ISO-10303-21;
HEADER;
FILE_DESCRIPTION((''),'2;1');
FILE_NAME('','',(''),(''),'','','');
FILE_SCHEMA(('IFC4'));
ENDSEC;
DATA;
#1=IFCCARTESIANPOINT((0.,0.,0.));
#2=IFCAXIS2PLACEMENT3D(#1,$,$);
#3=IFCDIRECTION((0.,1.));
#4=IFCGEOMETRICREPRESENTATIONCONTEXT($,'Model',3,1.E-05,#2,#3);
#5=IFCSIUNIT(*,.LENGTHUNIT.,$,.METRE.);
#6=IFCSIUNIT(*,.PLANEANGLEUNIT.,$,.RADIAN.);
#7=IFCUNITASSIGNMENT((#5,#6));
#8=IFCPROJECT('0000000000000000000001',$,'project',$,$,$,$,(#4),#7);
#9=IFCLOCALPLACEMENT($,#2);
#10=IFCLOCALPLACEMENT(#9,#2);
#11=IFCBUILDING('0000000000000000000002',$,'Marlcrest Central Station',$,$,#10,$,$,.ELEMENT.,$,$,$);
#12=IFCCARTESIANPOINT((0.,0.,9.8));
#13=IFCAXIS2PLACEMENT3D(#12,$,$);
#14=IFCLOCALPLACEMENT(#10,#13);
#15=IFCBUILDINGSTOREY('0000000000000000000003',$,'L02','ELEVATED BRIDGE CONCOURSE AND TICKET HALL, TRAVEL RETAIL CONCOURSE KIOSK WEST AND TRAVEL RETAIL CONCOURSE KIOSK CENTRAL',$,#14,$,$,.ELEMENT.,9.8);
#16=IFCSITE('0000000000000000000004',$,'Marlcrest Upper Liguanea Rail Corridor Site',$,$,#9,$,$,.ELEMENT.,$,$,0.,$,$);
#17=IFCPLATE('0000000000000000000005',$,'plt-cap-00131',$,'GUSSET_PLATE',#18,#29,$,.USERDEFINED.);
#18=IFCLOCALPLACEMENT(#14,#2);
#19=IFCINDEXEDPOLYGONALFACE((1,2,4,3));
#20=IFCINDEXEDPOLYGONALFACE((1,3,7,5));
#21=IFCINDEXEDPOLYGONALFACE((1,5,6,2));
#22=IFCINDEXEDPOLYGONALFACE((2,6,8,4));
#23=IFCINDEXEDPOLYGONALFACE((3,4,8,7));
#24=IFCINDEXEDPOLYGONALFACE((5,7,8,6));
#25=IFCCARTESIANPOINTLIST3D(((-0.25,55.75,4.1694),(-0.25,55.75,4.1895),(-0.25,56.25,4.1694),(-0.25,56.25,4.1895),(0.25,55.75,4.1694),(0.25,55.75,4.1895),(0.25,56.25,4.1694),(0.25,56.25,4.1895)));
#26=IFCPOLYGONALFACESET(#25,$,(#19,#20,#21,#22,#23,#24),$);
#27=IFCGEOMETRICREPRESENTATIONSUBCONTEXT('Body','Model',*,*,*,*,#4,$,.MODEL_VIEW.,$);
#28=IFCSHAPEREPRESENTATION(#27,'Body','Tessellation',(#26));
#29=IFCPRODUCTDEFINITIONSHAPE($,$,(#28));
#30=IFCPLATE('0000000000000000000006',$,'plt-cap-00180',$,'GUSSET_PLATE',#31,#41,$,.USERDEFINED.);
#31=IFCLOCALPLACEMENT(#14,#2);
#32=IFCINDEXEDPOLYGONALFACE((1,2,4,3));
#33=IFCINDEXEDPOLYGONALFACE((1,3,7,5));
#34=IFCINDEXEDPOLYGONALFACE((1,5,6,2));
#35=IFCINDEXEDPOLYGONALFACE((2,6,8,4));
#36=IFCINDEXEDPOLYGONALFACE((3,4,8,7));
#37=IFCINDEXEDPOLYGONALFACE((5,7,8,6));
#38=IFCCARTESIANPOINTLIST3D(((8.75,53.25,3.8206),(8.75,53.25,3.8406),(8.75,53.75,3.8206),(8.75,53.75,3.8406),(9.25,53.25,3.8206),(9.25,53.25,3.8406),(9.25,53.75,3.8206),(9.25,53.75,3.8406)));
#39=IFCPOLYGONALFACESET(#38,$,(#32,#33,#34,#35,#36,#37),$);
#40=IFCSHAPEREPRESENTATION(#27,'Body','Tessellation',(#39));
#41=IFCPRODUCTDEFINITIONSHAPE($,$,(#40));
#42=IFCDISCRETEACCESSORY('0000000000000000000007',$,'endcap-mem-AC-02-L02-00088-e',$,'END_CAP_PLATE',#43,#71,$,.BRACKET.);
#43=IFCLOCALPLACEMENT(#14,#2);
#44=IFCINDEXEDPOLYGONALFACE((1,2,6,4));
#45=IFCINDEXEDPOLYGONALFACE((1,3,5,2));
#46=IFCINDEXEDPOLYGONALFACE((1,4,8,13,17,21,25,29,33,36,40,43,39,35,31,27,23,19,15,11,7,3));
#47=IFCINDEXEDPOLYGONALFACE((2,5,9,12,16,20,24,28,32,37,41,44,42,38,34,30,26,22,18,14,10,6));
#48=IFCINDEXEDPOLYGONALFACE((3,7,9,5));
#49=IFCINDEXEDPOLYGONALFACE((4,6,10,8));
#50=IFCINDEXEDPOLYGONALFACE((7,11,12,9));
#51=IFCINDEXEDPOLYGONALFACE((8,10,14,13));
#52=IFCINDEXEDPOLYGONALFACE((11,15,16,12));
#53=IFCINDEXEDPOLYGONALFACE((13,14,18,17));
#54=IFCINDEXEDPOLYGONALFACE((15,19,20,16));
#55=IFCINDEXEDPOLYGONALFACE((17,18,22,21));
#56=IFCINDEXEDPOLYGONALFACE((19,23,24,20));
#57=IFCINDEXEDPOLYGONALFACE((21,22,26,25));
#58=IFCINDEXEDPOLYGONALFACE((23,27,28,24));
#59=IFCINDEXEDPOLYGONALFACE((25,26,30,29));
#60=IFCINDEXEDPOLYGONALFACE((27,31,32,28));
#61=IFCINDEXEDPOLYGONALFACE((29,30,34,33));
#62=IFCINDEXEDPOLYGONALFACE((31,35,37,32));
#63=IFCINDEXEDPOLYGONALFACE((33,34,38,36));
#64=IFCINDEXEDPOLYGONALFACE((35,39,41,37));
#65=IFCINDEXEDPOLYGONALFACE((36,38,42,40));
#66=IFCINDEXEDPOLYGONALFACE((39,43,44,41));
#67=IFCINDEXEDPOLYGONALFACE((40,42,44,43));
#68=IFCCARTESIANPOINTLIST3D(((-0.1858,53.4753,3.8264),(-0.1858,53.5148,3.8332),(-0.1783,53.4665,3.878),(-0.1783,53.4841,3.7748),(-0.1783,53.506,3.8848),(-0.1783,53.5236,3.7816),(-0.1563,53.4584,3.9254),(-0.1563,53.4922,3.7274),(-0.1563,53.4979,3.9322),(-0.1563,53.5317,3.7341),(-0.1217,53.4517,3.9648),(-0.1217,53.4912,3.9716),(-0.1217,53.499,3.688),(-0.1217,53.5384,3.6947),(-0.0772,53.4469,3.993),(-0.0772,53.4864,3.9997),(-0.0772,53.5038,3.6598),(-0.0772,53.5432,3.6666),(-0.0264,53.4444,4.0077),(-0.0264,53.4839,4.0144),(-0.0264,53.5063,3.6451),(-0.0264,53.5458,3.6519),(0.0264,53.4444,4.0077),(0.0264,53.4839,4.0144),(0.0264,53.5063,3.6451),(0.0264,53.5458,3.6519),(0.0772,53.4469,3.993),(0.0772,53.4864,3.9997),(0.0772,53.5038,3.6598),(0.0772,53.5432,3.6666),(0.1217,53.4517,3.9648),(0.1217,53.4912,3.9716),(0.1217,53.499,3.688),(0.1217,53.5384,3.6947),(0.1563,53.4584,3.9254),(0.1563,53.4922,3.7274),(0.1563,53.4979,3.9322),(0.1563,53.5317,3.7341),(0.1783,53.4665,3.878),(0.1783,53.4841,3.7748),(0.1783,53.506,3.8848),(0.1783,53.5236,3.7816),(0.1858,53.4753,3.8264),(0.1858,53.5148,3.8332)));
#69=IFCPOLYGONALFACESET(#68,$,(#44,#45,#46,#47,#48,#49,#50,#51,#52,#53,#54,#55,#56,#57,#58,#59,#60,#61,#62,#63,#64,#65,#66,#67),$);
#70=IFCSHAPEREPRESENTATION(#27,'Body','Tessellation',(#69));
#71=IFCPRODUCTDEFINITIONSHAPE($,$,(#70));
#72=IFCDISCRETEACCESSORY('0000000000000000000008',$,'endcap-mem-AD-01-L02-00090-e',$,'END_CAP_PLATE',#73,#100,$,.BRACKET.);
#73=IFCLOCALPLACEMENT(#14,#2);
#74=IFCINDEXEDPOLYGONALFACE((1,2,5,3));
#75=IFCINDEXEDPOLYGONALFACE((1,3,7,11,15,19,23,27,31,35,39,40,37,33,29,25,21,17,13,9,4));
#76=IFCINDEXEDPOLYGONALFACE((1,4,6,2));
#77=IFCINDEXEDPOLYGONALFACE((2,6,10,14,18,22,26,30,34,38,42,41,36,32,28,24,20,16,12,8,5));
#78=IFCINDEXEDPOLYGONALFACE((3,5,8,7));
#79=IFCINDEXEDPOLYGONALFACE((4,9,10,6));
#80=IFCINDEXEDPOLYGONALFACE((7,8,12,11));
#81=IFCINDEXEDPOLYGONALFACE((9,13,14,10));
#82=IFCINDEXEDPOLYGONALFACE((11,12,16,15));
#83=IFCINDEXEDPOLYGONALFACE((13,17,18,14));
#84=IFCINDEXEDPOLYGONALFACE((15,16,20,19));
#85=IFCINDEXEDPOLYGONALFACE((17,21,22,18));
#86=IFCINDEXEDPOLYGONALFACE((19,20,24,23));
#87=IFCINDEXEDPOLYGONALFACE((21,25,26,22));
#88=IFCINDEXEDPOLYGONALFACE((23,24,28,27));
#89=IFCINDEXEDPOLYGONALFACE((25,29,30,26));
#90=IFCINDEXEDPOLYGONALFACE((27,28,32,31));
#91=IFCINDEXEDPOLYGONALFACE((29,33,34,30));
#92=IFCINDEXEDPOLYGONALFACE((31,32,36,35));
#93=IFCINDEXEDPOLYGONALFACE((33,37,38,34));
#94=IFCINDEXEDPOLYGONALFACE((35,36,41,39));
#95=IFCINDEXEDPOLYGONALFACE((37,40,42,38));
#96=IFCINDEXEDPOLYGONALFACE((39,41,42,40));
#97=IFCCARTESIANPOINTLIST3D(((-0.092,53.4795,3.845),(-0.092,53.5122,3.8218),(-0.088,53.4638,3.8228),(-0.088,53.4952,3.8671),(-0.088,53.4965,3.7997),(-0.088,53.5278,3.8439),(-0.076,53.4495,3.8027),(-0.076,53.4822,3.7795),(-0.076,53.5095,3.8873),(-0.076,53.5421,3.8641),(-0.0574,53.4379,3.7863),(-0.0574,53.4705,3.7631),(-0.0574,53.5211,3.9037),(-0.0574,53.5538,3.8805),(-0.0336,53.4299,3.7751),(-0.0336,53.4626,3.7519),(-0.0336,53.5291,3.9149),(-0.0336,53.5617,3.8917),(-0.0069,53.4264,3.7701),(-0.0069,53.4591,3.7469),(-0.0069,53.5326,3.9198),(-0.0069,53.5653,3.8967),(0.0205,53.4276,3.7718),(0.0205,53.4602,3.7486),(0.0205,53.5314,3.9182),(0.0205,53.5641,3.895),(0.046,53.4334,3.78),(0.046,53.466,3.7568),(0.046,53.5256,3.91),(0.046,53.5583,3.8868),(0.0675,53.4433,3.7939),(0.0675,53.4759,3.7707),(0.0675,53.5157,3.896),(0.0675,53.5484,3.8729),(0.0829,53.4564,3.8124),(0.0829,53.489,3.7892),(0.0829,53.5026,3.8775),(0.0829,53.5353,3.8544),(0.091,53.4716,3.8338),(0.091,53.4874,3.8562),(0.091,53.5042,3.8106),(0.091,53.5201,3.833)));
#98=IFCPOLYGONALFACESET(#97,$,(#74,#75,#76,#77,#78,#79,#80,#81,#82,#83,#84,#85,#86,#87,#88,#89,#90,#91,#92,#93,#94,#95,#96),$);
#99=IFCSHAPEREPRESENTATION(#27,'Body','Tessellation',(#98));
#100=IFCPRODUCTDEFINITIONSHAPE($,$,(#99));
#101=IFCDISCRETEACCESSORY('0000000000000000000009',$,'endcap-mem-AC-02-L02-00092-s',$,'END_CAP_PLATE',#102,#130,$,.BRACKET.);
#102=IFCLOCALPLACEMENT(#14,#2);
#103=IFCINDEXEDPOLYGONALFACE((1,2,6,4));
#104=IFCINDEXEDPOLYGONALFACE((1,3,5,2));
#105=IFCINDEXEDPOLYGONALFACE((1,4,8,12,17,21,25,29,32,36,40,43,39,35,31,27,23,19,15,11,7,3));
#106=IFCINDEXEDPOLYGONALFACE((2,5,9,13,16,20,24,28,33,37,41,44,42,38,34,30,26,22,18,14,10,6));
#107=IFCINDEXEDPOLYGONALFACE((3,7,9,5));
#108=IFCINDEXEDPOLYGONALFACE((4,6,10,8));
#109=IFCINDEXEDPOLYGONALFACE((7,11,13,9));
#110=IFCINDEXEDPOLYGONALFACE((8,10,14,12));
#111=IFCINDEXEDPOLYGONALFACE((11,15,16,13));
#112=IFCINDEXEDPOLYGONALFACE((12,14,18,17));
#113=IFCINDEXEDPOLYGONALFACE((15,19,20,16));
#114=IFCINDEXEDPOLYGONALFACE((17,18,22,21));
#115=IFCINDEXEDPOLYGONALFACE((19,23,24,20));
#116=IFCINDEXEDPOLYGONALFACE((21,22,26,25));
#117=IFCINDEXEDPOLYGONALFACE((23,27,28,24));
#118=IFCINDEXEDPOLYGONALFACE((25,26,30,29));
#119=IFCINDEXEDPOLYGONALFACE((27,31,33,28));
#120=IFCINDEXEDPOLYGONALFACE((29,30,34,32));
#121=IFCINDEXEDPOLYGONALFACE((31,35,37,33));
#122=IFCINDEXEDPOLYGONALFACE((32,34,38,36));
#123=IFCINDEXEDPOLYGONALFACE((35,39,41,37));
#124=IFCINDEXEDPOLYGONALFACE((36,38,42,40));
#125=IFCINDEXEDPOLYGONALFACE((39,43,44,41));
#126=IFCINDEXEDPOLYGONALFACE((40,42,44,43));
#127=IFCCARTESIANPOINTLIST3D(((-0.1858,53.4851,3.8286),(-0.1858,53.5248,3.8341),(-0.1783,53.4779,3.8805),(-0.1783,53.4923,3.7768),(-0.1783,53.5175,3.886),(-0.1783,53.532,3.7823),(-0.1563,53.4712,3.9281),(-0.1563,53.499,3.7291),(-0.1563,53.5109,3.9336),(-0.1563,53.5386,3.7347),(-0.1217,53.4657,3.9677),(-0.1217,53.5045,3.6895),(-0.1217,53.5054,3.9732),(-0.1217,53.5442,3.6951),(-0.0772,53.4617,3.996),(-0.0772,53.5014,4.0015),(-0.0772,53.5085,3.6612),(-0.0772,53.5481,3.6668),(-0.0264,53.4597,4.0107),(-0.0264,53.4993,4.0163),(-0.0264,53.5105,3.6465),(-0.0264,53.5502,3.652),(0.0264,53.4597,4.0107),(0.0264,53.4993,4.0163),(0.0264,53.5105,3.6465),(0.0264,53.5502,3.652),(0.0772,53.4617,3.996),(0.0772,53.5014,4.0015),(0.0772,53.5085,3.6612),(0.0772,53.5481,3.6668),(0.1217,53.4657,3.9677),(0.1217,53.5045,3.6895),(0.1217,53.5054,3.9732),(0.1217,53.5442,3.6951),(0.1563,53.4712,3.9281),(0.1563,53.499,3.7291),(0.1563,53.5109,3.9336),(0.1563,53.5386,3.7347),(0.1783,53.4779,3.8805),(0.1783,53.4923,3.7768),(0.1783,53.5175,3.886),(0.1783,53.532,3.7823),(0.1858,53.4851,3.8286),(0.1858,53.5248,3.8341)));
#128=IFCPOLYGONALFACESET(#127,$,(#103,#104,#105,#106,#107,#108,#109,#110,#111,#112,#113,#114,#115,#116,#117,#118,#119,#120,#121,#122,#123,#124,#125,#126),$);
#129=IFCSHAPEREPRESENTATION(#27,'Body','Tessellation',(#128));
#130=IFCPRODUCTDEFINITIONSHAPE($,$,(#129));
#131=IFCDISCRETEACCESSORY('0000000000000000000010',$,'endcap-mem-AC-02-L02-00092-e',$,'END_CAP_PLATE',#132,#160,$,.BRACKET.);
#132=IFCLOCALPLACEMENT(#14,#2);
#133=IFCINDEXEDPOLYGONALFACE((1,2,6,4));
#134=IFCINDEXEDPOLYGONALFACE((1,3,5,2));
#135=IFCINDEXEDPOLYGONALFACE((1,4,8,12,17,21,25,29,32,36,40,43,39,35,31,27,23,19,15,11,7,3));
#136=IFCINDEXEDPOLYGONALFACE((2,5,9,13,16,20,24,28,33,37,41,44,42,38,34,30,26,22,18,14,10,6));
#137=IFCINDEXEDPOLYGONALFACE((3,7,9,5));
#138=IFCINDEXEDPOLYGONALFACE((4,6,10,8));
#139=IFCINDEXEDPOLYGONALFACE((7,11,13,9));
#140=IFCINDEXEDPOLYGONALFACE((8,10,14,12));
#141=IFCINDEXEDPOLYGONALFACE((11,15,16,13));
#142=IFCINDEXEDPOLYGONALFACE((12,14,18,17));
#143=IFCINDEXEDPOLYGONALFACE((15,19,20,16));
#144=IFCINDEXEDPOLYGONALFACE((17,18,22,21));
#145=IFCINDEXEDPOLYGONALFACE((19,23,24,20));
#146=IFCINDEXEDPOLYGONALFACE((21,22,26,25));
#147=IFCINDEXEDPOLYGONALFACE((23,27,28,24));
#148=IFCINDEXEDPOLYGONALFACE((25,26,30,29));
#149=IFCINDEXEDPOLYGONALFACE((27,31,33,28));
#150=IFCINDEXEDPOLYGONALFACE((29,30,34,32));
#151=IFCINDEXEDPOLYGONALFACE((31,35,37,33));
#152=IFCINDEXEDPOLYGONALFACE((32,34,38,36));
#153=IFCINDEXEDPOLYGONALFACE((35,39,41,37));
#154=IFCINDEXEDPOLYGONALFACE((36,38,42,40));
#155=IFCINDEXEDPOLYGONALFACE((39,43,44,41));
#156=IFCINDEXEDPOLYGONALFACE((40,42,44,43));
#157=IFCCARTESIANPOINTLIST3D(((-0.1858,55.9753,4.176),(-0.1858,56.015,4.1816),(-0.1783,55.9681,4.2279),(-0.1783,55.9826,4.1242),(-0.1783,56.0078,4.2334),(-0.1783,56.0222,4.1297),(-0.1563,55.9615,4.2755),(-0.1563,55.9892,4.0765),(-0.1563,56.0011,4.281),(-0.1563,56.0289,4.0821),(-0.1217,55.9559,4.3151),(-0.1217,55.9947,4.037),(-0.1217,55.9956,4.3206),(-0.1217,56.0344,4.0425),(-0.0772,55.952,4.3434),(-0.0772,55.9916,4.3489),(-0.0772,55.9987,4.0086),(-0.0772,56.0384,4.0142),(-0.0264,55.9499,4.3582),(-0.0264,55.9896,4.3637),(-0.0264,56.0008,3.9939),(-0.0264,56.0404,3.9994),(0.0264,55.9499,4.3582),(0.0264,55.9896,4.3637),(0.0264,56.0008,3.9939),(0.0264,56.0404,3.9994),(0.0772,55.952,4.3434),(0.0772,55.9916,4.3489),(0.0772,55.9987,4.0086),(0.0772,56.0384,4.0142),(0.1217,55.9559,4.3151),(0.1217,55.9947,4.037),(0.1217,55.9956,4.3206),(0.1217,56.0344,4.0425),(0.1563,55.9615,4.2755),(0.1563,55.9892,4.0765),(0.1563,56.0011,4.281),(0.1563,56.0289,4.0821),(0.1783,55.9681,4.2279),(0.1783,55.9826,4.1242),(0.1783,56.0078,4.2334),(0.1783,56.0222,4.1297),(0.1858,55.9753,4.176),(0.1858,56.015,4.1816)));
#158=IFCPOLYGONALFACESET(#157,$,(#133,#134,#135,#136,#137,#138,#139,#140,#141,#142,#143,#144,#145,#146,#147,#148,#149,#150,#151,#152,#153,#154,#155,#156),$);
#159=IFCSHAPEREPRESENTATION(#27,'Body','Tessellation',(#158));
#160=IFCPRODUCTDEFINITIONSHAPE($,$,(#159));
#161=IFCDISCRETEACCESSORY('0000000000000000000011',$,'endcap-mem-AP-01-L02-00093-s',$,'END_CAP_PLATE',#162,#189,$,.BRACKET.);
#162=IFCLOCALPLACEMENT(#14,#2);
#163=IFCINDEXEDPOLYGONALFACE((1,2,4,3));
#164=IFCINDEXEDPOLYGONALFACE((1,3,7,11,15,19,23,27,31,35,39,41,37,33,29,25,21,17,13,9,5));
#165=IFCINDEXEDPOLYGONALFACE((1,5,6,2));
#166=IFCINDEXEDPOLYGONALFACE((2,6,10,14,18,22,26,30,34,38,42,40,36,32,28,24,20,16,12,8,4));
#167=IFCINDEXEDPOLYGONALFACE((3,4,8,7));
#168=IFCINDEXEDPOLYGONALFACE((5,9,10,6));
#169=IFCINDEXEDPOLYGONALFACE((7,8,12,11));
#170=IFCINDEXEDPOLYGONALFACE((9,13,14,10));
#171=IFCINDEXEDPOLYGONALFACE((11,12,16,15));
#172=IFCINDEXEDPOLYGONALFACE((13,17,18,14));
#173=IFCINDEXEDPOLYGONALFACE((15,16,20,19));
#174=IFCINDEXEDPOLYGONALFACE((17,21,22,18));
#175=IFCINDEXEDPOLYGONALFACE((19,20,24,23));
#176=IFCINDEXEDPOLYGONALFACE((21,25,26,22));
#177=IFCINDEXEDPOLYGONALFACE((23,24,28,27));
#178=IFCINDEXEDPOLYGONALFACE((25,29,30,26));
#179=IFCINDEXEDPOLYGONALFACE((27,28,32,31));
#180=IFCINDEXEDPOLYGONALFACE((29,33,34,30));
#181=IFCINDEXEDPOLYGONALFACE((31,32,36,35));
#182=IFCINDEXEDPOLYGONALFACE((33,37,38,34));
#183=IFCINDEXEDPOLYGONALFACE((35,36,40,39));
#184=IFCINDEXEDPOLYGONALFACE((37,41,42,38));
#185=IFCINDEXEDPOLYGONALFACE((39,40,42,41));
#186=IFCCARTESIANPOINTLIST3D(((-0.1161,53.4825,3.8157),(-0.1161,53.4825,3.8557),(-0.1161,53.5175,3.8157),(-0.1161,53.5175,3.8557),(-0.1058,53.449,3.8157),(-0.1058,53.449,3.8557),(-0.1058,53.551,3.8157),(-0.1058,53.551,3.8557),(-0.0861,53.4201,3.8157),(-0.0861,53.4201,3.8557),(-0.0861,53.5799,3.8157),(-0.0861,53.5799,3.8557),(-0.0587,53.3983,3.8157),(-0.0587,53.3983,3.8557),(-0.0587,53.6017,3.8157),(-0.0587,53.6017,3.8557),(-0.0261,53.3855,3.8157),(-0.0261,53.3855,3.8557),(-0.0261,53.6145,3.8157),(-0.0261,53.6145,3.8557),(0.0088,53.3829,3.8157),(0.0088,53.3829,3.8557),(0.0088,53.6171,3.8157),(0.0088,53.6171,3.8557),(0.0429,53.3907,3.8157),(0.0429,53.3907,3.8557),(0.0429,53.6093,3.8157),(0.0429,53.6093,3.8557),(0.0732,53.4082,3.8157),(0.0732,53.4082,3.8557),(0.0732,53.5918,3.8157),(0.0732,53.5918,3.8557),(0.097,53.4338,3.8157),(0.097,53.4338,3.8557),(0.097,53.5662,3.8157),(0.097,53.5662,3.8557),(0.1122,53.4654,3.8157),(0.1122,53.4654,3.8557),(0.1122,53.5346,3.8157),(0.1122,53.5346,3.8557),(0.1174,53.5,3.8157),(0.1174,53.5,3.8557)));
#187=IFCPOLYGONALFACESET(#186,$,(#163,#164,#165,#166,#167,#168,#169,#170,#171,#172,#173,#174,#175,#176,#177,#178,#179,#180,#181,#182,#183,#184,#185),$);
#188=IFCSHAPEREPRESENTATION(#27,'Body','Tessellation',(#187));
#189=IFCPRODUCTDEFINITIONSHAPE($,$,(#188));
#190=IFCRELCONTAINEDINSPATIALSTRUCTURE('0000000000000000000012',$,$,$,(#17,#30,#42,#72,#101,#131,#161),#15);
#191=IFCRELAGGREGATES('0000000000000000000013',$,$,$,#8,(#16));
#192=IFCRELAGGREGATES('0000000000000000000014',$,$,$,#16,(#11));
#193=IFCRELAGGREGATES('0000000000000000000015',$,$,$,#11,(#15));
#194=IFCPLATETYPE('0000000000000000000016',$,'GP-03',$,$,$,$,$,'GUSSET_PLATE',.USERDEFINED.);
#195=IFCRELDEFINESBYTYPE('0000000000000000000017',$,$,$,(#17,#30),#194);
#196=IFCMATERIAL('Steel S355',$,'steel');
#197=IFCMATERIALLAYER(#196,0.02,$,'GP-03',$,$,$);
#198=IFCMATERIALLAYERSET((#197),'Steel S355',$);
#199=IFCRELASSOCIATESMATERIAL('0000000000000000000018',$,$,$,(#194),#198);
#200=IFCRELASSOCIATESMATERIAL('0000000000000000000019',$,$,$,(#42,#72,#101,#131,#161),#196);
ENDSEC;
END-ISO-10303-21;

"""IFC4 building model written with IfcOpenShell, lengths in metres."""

from ifc_helpers import new_model, si_unit, direction, frame, origin, origin_2d, place, context, subcontext, project, spatial, rectangle, circle, extrude, material, layer, layer_set, type_object, element, save


model = new_model("IFC4")

# Units and contexts
model_context = context("Model", 3, precision=1e-05, world=origin(), true_north=direction((0.0, 1.0)))
body_context = subcontext(model_context, "Body", "Model", "MODEL_VIEW")
ifc_project = project(units=[si_unit("LENGTHUNIT", "METRE"), si_unit("PLANEANGLEUNIT", "RADIAN")], contexts=[model_context])

# Site, building, storey
site_placement = place(None, origin())
site = spatial("IfcSite", under=ifc_project, at=site_placement, Name="Marlcrest Upper Liguanea Rail Corridor Site", CompositionType="ELEMENT", RefElevation=0.0)
building_placement = place(site_placement, origin())
building = spatial("IfcBuilding", under=site, at=building_placement, Name="Marlcrest Central Station", CompositionType="ELEMENT")
storey_placement = place(building_placement, frame((0.0, 0.0, 9.8)))
storey = spatial("IfcBuildingStorey", under=building, at=storey_placement, Name="L02", Description="ELEVATED BRIDGE CONCOURSE AND TICKET HALL, TRAVEL RETAIL CONCOURSE KIOSK WEST AND TRAVEL RETAIL CONCOURSE KIOSK CENTRAL", CompositionType="ELEMENT", Elevation=9.8)

# Shared definitions
ifc_material = material(Name="Steel S355", Category="steel")

# Plates
ifc_layer = layer(ifc_material, 0.02, Name="GP-03")
ifc_layer_set = layer_set([ifc_layer], Name="Steel S355")
plate_type = type_object("IfcPlateType", Name="GP-03", ElementType="GUSSET_PLATE", PredefinedType="USERDEFINED", material=ifc_layer_set)
for number, where, z_axis, x_axis, name in (
    (1, (0.0, 56.0, 4.1694), (0.0, 0.0, 1.0), (1.0, 0.0, 0.0), "plt-cap-00131"),
    (2, (9.0, 53.5, 3.8206), (0.0, 0.0, 1.0), (1.0, 0.0, 0.0), "plt-cap-00180"),
):
    element("IfcPlate", number, at=place(storey_placement, frame(where, z_axis=z_axis, x_axis=x_axis)), inside=storey, type_object=plate_type, Name=name, ObjectType="GUSSET_PLATE", PredefinedType="USERDEFINED", context=body_context, shape_type="SweptSolid", body=[
        extrude(rectangle(XDim=0.5, YDim=0.5, at=origin_2d()), origin(), (0.0, 0.0, 1.0), 0.02),
    ])

# Discrete accessories
discrete_accessory_1_placement = place(storey_placement, frame((0.0, 53.4753, 3.8264), z_axis=(0.0, 0.985741, 0.168269), x_axis=(-1.0, 0.0, 0.0)))
element("IfcDiscreteAccessory", 3, at=discrete_accessory_1_placement, inside=storey, material=ifc_material, Name="endcap-mem-AC-02-L02-00088-e", ObjectType="END_CAP_PLATE", PredefinedType="BRACKET", context=body_context, shape_type="SweptSolid", body=[
    extrude(circle(Radius=0.1858, at=origin_2d()), origin(), (0.0, 0.0, 1.0), 0.04),
])
discrete_accessory_2_placement = place(storey_placement, frame((0.0, 53.4795, 3.845), z_axis=(0.0, 0.815661, -0.57853), x_axis=(-1.0, 0.0, 0.0)))
element("IfcDiscreteAccessory", 4, at=discrete_accessory_2_placement, inside=storey, material=ifc_material, Name="endcap-mem-AD-01-L02-00090-e", ObjectType="END_CAP_PLATE", PredefinedType="BRACKET", context=body_context, shape_type="SweptSolid", body=[
    extrude(circle(Radius=0.092, at=origin_2d()), origin(), (0.0, 0.0, 1.0), 0.04),
])
for number, where, z_axis, x_axis, name in (
    (5, (0.0, 53.4851, 3.8286), (0.0, 0.990403, 0.138211), (-1.0, 0.0, 0.0), "endcap-mem-AC-02-L02-00092-s"),
    (6, (0.0, 55.9753, 4.176), (0.0, 0.990403, 0.138211), (-1.0, 0.0, 0.0), "endcap-mem-AC-02-L02-00092-e"),
):
    element("IfcDiscreteAccessory", number, at=place(storey_placement, frame(where, z_axis=z_axis, x_axis=x_axis)), inside=storey, material=ifc_material, Name=name, ObjectType="END_CAP_PLATE", PredefinedType="BRACKET", context=body_context, shape_type="SweptSolid", body=[
        extrude(circle(Radius=0.1858, at=origin_2d()), origin(), (0.0, 0.0, 1.0), 0.04),
    ])
for number, where, z_axis, x_axis, name in (
    (7, (0.0, 53.5, 3.8157), (0.0, 0.0, 1.0), (1.0, 0.0, 0.0), "endcap-mem-AP-01-L02-00093-s"),
):
    element("IfcDiscreteAccessory", number, at=place(storey_placement, frame(where, z_axis=z_axis, x_axis=x_axis)), inside=storey, material=ifc_material, Name=name, ObjectType="END_CAP_PLATE", PredefinedType="BRACKET", context=body_context, shape_type="SweptSolid", body=[
        extrude(circle(Radius=0.1174, at=origin_2d()), origin(), (0.0, 0.0, 1.0), 0.04),
    ])

save(model, "model.ifc")
